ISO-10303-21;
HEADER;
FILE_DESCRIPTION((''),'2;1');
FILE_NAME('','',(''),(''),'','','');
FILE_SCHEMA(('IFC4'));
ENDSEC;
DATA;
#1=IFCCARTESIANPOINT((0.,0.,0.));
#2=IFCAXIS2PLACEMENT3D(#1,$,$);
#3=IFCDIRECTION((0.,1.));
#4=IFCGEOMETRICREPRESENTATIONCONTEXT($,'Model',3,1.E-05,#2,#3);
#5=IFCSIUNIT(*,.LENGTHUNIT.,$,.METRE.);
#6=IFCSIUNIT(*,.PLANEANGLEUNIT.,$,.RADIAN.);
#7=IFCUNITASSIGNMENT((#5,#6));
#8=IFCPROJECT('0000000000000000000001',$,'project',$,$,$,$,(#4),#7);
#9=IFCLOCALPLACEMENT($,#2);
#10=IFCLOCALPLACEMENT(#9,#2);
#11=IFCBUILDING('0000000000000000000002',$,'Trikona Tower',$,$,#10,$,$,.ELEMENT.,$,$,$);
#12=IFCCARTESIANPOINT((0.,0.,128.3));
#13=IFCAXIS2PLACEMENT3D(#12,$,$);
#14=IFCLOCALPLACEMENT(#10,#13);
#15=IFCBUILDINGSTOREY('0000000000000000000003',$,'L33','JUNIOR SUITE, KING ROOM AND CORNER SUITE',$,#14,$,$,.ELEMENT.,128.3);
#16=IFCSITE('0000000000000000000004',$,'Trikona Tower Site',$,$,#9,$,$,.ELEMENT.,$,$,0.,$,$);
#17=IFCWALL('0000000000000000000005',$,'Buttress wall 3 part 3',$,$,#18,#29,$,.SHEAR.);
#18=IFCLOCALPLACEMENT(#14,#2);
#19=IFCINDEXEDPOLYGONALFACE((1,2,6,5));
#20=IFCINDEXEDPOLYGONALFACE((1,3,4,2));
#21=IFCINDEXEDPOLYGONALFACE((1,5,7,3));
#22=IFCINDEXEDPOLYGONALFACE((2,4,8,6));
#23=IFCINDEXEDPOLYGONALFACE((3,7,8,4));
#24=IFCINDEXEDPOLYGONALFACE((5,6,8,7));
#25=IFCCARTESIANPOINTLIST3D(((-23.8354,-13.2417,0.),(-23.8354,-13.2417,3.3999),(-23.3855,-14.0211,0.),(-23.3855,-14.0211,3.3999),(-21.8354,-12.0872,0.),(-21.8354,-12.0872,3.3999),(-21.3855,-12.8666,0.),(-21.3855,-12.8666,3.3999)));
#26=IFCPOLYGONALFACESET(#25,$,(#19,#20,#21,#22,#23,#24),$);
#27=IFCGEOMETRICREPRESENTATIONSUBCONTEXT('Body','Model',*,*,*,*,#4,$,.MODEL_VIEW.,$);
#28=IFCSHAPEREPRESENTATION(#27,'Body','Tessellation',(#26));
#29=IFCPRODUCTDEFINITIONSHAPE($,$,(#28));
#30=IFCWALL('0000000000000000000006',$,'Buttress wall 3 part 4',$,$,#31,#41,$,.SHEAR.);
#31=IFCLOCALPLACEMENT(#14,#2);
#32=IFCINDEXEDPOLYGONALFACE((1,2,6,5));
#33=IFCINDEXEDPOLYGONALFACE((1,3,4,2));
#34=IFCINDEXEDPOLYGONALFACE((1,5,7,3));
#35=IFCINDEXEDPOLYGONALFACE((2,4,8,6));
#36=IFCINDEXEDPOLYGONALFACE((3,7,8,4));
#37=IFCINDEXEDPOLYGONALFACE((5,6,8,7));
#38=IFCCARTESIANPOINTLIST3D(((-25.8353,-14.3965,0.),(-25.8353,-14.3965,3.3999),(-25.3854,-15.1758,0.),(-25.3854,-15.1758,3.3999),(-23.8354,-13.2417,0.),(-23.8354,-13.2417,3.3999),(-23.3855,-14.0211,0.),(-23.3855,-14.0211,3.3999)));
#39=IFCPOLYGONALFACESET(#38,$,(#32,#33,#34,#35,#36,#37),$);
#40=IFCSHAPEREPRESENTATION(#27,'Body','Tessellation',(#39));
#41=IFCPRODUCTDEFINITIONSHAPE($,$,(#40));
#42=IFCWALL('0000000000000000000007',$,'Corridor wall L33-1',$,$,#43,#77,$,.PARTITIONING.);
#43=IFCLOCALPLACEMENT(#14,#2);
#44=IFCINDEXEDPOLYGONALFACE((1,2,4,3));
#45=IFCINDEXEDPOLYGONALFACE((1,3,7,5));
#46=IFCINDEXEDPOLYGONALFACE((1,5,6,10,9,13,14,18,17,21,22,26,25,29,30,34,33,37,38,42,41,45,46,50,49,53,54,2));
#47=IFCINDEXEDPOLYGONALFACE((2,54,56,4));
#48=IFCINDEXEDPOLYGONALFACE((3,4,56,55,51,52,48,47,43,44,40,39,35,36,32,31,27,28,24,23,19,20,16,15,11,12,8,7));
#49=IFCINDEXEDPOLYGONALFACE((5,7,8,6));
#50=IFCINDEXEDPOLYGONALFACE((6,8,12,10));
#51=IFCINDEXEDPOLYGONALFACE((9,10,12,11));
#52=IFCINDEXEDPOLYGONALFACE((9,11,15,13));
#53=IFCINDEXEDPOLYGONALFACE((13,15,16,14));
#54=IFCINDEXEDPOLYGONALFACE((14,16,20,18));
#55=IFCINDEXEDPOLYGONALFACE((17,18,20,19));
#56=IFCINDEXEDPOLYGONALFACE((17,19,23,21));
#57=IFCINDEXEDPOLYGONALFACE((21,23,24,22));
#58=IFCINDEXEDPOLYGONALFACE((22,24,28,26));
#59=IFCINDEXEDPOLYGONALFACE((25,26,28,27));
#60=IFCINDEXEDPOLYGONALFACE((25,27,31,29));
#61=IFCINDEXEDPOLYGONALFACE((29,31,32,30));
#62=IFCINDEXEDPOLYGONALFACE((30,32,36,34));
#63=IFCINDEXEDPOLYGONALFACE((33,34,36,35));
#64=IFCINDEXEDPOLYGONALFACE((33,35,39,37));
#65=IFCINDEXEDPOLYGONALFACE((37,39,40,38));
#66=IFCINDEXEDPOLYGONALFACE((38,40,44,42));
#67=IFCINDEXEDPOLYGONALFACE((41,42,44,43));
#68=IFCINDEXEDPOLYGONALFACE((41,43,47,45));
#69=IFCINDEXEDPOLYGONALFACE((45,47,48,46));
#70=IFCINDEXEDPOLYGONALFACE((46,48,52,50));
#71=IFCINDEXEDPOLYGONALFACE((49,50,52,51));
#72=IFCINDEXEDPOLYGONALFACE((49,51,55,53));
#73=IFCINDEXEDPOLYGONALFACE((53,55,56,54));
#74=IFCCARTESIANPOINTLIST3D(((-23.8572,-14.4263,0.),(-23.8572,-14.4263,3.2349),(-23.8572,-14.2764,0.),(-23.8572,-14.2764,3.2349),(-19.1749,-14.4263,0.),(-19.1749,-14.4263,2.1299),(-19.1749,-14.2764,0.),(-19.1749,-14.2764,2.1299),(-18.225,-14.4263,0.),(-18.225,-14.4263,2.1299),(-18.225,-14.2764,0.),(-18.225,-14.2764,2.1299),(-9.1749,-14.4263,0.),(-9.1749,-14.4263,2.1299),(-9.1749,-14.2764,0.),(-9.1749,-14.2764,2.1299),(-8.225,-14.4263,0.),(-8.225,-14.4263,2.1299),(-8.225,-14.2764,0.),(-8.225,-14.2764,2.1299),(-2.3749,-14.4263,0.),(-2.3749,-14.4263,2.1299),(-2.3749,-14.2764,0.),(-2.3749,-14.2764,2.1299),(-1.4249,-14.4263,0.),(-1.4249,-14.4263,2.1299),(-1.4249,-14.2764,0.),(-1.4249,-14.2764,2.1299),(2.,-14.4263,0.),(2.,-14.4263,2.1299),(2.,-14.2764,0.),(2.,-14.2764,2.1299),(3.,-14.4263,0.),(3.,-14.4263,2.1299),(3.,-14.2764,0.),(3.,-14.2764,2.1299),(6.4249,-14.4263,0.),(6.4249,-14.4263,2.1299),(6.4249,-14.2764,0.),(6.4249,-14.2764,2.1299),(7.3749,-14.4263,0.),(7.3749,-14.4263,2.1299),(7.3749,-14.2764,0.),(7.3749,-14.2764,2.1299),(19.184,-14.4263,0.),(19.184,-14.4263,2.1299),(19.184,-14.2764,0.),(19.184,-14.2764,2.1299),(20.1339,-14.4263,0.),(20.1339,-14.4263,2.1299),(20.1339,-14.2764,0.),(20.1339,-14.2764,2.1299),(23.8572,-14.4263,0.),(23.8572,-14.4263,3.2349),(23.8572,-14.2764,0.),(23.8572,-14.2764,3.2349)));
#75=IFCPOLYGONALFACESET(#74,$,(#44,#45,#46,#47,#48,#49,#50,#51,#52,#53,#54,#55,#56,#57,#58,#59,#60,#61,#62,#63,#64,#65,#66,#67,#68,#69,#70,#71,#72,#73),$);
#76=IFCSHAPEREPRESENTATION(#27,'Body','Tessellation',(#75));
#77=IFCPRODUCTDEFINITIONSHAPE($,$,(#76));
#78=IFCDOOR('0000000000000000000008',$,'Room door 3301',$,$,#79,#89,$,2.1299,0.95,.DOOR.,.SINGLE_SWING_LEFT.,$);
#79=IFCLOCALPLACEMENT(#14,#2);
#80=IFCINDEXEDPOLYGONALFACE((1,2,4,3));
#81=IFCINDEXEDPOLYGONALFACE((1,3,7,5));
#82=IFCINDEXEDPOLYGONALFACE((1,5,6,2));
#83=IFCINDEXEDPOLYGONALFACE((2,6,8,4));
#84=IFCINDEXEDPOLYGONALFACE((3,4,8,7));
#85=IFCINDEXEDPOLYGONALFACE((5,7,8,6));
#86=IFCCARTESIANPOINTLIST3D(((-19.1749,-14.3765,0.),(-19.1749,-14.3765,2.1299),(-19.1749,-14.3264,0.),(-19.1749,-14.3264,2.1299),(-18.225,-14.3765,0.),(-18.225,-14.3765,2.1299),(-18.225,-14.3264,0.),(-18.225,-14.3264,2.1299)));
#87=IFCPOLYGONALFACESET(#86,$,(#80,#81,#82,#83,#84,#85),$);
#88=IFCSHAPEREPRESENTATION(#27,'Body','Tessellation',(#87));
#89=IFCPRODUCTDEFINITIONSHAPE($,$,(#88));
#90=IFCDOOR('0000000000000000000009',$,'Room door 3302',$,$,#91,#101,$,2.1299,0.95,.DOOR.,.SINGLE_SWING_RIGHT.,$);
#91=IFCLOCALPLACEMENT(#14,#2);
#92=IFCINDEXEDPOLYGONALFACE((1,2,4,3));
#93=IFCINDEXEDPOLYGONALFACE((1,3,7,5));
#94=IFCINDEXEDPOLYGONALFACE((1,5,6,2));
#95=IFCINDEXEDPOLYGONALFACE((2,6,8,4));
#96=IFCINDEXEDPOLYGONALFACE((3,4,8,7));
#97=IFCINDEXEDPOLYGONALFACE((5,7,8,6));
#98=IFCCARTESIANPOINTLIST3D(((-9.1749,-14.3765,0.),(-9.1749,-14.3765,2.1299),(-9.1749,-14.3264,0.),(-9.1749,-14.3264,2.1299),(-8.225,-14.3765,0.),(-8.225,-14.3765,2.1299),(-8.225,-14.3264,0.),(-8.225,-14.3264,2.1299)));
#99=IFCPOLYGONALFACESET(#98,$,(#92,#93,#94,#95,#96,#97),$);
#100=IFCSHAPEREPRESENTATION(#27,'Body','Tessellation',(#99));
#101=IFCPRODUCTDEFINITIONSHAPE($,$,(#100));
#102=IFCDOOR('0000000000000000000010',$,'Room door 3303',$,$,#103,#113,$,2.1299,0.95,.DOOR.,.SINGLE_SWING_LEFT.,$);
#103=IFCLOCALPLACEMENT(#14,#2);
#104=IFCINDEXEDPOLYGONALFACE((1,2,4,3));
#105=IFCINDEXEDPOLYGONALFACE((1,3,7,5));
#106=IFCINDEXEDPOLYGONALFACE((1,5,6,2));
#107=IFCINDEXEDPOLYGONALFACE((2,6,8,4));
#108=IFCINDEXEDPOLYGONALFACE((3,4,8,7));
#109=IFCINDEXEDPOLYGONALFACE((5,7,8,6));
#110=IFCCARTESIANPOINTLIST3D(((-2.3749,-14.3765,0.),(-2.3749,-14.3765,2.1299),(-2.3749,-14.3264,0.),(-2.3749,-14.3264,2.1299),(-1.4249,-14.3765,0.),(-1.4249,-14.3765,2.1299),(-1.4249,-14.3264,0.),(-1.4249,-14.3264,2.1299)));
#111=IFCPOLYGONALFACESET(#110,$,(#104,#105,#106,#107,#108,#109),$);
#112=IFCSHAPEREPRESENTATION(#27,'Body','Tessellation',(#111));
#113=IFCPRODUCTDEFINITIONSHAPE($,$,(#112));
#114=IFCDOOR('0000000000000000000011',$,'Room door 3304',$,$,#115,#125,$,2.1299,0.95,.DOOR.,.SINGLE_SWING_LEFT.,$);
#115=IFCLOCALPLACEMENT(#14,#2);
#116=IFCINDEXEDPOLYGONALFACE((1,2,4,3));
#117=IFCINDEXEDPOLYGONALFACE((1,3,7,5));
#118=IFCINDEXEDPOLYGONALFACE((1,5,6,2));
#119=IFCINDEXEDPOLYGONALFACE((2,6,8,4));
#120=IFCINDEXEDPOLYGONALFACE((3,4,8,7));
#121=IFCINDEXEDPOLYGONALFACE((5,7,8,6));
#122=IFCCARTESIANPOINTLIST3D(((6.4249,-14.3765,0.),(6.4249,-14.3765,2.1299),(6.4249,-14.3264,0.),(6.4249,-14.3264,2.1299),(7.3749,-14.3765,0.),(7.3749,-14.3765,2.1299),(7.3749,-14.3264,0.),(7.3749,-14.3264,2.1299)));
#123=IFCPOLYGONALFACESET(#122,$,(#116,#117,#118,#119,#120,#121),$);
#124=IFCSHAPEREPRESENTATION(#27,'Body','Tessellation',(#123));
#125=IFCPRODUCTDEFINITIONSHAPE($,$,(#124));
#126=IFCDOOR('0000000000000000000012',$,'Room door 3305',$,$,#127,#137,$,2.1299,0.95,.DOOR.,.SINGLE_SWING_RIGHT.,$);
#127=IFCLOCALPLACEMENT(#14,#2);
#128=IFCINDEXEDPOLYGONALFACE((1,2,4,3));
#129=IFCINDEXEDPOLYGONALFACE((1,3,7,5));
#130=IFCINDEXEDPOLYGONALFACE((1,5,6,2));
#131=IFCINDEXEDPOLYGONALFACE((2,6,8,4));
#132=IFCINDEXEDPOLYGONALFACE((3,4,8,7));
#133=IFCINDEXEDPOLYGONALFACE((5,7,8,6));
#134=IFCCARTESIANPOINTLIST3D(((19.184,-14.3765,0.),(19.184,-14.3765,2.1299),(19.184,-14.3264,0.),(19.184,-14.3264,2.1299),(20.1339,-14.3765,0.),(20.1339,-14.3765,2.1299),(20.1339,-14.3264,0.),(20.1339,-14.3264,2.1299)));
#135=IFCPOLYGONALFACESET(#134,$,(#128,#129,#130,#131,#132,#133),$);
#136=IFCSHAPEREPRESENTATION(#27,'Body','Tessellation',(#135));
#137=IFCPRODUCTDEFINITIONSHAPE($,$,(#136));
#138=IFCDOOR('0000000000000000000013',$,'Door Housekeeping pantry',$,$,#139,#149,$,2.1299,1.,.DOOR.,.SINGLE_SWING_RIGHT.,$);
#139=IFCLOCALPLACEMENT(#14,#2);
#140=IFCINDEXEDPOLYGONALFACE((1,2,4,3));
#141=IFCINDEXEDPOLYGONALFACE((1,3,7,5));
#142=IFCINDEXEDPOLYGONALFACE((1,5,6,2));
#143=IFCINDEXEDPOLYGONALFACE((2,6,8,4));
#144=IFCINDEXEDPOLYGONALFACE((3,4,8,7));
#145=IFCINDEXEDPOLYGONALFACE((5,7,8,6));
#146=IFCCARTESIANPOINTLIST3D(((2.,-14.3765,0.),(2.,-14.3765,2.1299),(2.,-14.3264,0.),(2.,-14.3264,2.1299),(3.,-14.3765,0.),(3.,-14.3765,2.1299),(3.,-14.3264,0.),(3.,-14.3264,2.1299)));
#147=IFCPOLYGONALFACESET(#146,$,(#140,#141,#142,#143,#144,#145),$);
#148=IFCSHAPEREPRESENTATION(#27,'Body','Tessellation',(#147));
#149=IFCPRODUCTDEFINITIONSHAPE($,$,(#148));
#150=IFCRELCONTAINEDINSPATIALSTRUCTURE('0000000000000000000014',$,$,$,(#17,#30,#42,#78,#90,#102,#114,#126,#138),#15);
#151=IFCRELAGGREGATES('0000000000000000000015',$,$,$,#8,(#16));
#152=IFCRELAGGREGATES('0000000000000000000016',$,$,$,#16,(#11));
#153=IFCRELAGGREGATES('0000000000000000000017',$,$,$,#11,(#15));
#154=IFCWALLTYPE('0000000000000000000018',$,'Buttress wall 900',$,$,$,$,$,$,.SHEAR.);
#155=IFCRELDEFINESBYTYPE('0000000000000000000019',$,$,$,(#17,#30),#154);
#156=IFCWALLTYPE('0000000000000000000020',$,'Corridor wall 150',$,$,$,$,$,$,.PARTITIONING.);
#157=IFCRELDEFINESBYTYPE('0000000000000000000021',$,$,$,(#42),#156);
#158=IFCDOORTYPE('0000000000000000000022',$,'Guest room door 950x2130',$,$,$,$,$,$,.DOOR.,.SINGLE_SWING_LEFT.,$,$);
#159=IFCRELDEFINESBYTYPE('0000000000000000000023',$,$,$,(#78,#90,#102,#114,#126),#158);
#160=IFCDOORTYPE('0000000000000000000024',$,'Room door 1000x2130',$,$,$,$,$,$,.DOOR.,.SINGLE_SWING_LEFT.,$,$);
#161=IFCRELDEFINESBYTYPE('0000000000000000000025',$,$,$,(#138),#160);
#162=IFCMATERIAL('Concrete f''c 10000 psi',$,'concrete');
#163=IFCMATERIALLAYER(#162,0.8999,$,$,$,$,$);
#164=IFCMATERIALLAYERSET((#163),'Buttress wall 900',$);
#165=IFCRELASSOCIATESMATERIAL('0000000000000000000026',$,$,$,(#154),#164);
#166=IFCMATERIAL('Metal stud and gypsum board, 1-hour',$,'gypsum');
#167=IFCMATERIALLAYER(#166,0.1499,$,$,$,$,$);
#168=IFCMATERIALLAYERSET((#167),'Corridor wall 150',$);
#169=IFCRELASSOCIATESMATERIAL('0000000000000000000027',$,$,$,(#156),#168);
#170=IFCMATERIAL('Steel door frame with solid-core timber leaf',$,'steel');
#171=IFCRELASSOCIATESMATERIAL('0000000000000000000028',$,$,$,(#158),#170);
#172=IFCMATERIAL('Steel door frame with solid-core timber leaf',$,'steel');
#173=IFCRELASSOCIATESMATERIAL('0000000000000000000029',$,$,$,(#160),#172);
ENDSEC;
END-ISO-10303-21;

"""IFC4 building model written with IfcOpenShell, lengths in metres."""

from ifc_helpers import new_model, si_unit, direction, frame, frame_2d, origin, place, context, subcontext, project, spatial, rectangle, extrude, material, layer, layer_set, type_object, element, fill, save


model = new_model("IFC4")

# Units and contexts
model_context = context("Model", 3, precision=1e-05, world=origin(), true_north=direction((0.0, 1.0)))
body_context = subcontext(model_context, "Body", "Model", "MODEL_VIEW")
ifc_project = project(units=[si_unit("LENGTHUNIT", "METRE"), si_unit("PLANEANGLEUNIT", "RADIAN")], contexts=[model_context])

# Site, building, storey
site_placement = place(None, origin())
site = spatial("IfcSite", under=ifc_project, at=site_placement, Name="Trikona Tower Site", CompositionType="ELEMENT", RefElevation=0.0)
building_placement = place(site_placement, origin())
building = spatial("IfcBuilding", under=site, at=building_placement, Name="Trikona Tower", CompositionType="ELEMENT")
storey_placement = place(building_placement, frame((0.0, 0.0, 128.3)))
storey = spatial("IfcBuildingStorey", under=building, at=storey_placement, Name="L33", Description="JUNIOR SUITE, KING ROOM AND CORNER SUITE", CompositionType="ELEMENT", Elevation=128.3)

# Walls
ifc_material_1 = material(Name="Concrete f'c 10000 psi", Category="concrete")
ifc_layer_1 = layer(ifc_material_1, 0.8999)
ifc_layer_set_1 = layer_set([ifc_layer_1], Name="Buttress wall 900")
wall_type_1 = type_object("IfcWallType", Name="Buttress wall 900", PredefinedType="SHEAR", material=ifc_layer_set_1)
for number, where, z_axis, x_axis, name in (
    (1, (-21.6104, -12.4768, 0.0), (0.0, 0.0, 1.0), (-0.866055, -0.499948, 0.0), "Buttress wall 3 part 3"),
    (2, (-23.6104, -13.6313, 0.0), (0.0, 0.0, 1.0), (-0.86601, -0.500027, 0.0), "Buttress wall 3 part 4"),
):
    element("IfcWall", number, at=place(storey_placement, frame(where, z_axis=z_axis, x_axis=x_axis)), inside=storey, type_object=wall_type_1, Name=name, PredefinedType="SHEAR", context=body_context, shape_type="SweptSolid", body=[
        extrude(rectangle(XDim=2.3093, YDim=0.8999, at=frame_2d((1.1548, 0.0))), origin(), (0.0, 0.0, 1.0), 3.3999),
    ])

# Wall, openings, doors
ifc_material_2 = material(Name="Metal stud and gypsum board, 1-hour", Category="gypsum")
ifc_layer_2 = layer(ifc_material_2, 0.1499)
ifc_layer_set_2 = layer_set([ifc_layer_2], Name="Corridor wall 150")
wall_type_2 = type_object("IfcWallType", Name="Corridor wall 150", PredefinedType="PARTITIONING", material=ifc_layer_set_2)
wall_1_placement = place(storey_placement, frame((-23.8572, -14.3513, 0.0), z_axis=(0.0, 0.0, 1.0), x_axis=(1.0, 0.0, 0.0)))
wall_1 = element("IfcWall", 3, at=wall_1_placement, inside=storey, type_object=wall_type_2, Name="Corridor wall L33-1", PredefinedType="PARTITIONING", context=body_context, shape_type="SweptSolid", body=[
    extrude(rectangle(XDim=47.7144, YDim=0.1499, at=frame_2d((23.8572, 0.0))), origin(), (0.0, 0.0, 1.0), 3.2349),
])
opening_1_placement = place(wall_1_placement, frame((4.6821, 0.0, 0.0)))
opening_1 = element("IfcOpeningElement", 4, at=opening_1_placement, cuts=wall_1, PredefinedType="OPENING", context=body_context, shape_type="SweptSolid", body=[
    extrude(rectangle(XDim=0.95, YDim=2.1299, at=frame_2d((0.4751, 1.0649))), frame((0.0, 0.085, 0.0), z_axis=(0.0, -1.0, 0.0), x_axis=(1.0, 0.0, 0.0)), (0.0, 0.0, 1.0), 0.1699),
])
opening_2_placement = place(wall_1_placement, frame((14.6821, 0.0, 0.0)))
opening_2 = element("IfcOpeningElement", 5, at=opening_2_placement, cuts=wall_1, PredefinedType="OPENING", context=body_context, shape_type="SweptSolid", body=[
    extrude(rectangle(XDim=0.95, YDim=2.1299, at=frame_2d((0.4751, 1.0649))), frame((0.0, 0.085, 0.0), z_axis=(0.0, -1.0, 0.0), x_axis=(1.0, 0.0, 0.0)), (0.0, 0.0, 1.0), 0.1699),
])
opening_3_placement = place(wall_1_placement, frame((21.4822, 0.0, 0.0)))
opening_3 = element("IfcOpeningElement", 6, at=opening_3_placement, cuts=wall_1, PredefinedType="OPENING", context=body_context, shape_type="SweptSolid", body=[
    extrude(rectangle(XDim=0.95, YDim=2.1299, at=frame_2d((0.4751, 1.0649))), frame((0.0, 0.085, 0.0), z_axis=(0.0, -1.0, 0.0), x_axis=(1.0, 0.0, 0.0)), (0.0, 0.0, 1.0), 0.1699),
])
opening_4_placement = place(wall_1_placement, frame((25.8572, 0.0, 0.0)))
opening_4 = element("IfcOpeningElement", 7, at=opening_4_placement, cuts=wall_1, PredefinedType="OPENING", context=body_context, shape_type="SweptSolid", body=[
    extrude(rectangle(XDim=1.0, YDim=2.1299, at=frame_2d((0.5, 1.0649))), frame((0.0, 0.085, 0.0), z_axis=(0.0, -1.0, 0.0), x_axis=(1.0, 0.0, 0.0)), (0.0, 0.0, 1.0), 0.1699),
])
opening_5_placement = place(wall_1_placement, frame((30.282, 0.0, 0.0)))
opening_5 = element("IfcOpeningElement", 8, at=opening_5_placement, cuts=wall_1, PredefinedType="OPENING", context=body_context, shape_type="SweptSolid", body=[
    extrude(rectangle(XDim=0.95, YDim=2.1299, at=frame_2d((0.4751, 1.0649))), frame((0.0, 0.085, 0.0), z_axis=(0.0, -1.0, 0.0), x_axis=(1.0, 0.0, 0.0)), (0.0, 0.0, 1.0), 0.1699),
])
opening_6_placement = place(wall_1_placement, frame((43.041, 0.0, 0.0)))
opening_6 = element("IfcOpeningElement", 9, at=opening_6_placement, cuts=wall_1, PredefinedType="OPENING", context=body_context, shape_type="SweptSolid", body=[
    extrude(rectangle(XDim=0.95, YDim=2.1299, at=frame_2d((0.4751, 1.0649))), frame((0.0, 0.085, 0.0), z_axis=(0.0, -1.0, 0.0), x_axis=(1.0, 0.0, 0.0)), (0.0, 0.0, 1.0), 0.1699),
])
ifc_material_3 = material(Name="Steel door frame with solid-core timber leaf", Category="steel")
door_type_1 = type_object("IfcDoorType", Name="Guest room door 950x2130", OperationType="SINGLE_SWING_LEFT", PredefinedType="DOOR", material=ifc_material_3)
door_1_placement = place(opening_1_placement, origin())
door_1 = element("IfcDoor", 10, at=door_1_placement, inside=storey, type_object=door_type_1, Name="Room door 3301", OperationType="SINGLE_SWING_LEFT", OverallHeight=2.1299, OverallWidth=0.95, PredefinedType="DOOR", context=body_context, shape_type="SweptSolid", body=[
    extrude(rectangle(XDim=0.95, YDim=2.1299, at=frame_2d((0.4751, 1.0649))), frame((0.0, 0.0249, 0.0), z_axis=(0.0, -1.0, 0.0), x_axis=(1.0, 0.0, 0.0)), (0.0, 0.0, 1.0), 0.05),
])
fill(opening_1, door_1)
door_2_placement = place(opening_2_placement, origin())
door_2 = element("IfcDoor", 11, at=door_2_placement, inside=storey, type_object=door_type_1, Name="Room door 3302", OperationType="SINGLE_SWING_RIGHT", OverallHeight=2.1299, OverallWidth=0.95, PredefinedType="DOOR", context=body_context, shape_type="SweptSolid", body=[
    extrude(rectangle(XDim=0.95, YDim=2.1299, at=frame_2d((0.4751, 1.0649))), frame((0.0, 0.0249, 0.0), z_axis=(0.0, -1.0, 0.0), x_axis=(1.0, 0.0, 0.0)), (0.0, 0.0, 1.0), 0.05),
])
fill(opening_2, door_2)
door_3_placement = place(opening_3_placement, origin())
door_3 = element("IfcDoor", 12, at=door_3_placement, inside=storey, type_object=door_type_1, Name="Room door 3303", OperationType="SINGLE_SWING_LEFT", OverallHeight=2.1299, OverallWidth=0.95, PredefinedType="DOOR", context=body_context, shape_type="SweptSolid", body=[
    extrude(rectangle(XDim=0.95, YDim=2.1299, at=frame_2d((0.4751, 1.0649))), frame((0.0, 0.0249, 0.0), z_axis=(0.0, -1.0, 0.0), x_axis=(1.0, 0.0, 0.0)), (0.0, 0.0, 1.0), 0.05),
])
fill(opening_3, door_3)
door_4_placement = place(opening_5_placement, origin())
door_4 = element("IfcDoor", 13, at=door_4_placement, inside=storey, type_object=door_type_1, Name="Room door 3304", OperationType="SINGLE_SWING_LEFT", OverallHeight=2.1299, OverallWidth=0.95, PredefinedType="DOOR", context=body_context, shape_type="SweptSolid", body=[
    extrude(rectangle(XDim=0.95, YDim=2.1299, at=frame_2d((0.4751, 1.0649))), frame((0.0, 0.0249, 0.0), z_axis=(0.0, -1.0, 0.0), x_axis=(1.0, 0.0, 0.0)), (0.0, 0.0, 1.0), 0.05),
])
fill(opening_5, door_4)
door_5_placement = place(opening_6_placement, origin())
door_5 = element("IfcDoor", 14, at=door_5_placement, inside=storey, type_object=door_type_1, Name="Room door 3305", OperationType="SINGLE_SWING_RIGHT", OverallHeight=2.1299, OverallWidth=0.95, PredefinedType="DOOR", context=body_context, shape_type="SweptSolid", body=[
    extrude(rectangle(XDim=0.95, YDim=2.1299, at=frame_2d((0.4751, 1.0649))), frame((0.0, 0.0249, 0.0), z_axis=(0.0, -1.0, 0.0), x_axis=(1.0, 0.0, 0.0)), (0.0, 0.0, 1.0), 0.05),
])
fill(opening_6, door_5)
ifc_material_4 = material(Name="Steel door frame with solid-core timber leaf", Category="steel")
door_type_2 = type_object("IfcDoorType", Name="Room door 1000x2130", OperationType="SINGLE_SWING_LEFT", PredefinedType="DOOR", material=ifc_material_4)
door_6_placement = place(opening_4_placement, origin())
door_6 = element("IfcDoor", 15, at=door_6_placement, inside=storey, type_object=door_type_2, Name="Door Housekeeping pantry", OperationType="SINGLE_SWING_RIGHT", OverallHeight=2.1299, OverallWidth=1.0, PredefinedType="DOOR", context=body_context, shape_type="SweptSolid", body=[
    extrude(rectangle(XDim=1.0, YDim=2.1299, at=frame_2d((0.5, 1.0649))), frame((0.0, 0.0249, 0.0), z_axis=(0.0, -1.0, 0.0), x_axis=(1.0, 0.0, 0.0)), (0.0, 0.0, 1.0), 0.05),
])
fill(opening_4, door_6)

save(model, "model.ifc")
